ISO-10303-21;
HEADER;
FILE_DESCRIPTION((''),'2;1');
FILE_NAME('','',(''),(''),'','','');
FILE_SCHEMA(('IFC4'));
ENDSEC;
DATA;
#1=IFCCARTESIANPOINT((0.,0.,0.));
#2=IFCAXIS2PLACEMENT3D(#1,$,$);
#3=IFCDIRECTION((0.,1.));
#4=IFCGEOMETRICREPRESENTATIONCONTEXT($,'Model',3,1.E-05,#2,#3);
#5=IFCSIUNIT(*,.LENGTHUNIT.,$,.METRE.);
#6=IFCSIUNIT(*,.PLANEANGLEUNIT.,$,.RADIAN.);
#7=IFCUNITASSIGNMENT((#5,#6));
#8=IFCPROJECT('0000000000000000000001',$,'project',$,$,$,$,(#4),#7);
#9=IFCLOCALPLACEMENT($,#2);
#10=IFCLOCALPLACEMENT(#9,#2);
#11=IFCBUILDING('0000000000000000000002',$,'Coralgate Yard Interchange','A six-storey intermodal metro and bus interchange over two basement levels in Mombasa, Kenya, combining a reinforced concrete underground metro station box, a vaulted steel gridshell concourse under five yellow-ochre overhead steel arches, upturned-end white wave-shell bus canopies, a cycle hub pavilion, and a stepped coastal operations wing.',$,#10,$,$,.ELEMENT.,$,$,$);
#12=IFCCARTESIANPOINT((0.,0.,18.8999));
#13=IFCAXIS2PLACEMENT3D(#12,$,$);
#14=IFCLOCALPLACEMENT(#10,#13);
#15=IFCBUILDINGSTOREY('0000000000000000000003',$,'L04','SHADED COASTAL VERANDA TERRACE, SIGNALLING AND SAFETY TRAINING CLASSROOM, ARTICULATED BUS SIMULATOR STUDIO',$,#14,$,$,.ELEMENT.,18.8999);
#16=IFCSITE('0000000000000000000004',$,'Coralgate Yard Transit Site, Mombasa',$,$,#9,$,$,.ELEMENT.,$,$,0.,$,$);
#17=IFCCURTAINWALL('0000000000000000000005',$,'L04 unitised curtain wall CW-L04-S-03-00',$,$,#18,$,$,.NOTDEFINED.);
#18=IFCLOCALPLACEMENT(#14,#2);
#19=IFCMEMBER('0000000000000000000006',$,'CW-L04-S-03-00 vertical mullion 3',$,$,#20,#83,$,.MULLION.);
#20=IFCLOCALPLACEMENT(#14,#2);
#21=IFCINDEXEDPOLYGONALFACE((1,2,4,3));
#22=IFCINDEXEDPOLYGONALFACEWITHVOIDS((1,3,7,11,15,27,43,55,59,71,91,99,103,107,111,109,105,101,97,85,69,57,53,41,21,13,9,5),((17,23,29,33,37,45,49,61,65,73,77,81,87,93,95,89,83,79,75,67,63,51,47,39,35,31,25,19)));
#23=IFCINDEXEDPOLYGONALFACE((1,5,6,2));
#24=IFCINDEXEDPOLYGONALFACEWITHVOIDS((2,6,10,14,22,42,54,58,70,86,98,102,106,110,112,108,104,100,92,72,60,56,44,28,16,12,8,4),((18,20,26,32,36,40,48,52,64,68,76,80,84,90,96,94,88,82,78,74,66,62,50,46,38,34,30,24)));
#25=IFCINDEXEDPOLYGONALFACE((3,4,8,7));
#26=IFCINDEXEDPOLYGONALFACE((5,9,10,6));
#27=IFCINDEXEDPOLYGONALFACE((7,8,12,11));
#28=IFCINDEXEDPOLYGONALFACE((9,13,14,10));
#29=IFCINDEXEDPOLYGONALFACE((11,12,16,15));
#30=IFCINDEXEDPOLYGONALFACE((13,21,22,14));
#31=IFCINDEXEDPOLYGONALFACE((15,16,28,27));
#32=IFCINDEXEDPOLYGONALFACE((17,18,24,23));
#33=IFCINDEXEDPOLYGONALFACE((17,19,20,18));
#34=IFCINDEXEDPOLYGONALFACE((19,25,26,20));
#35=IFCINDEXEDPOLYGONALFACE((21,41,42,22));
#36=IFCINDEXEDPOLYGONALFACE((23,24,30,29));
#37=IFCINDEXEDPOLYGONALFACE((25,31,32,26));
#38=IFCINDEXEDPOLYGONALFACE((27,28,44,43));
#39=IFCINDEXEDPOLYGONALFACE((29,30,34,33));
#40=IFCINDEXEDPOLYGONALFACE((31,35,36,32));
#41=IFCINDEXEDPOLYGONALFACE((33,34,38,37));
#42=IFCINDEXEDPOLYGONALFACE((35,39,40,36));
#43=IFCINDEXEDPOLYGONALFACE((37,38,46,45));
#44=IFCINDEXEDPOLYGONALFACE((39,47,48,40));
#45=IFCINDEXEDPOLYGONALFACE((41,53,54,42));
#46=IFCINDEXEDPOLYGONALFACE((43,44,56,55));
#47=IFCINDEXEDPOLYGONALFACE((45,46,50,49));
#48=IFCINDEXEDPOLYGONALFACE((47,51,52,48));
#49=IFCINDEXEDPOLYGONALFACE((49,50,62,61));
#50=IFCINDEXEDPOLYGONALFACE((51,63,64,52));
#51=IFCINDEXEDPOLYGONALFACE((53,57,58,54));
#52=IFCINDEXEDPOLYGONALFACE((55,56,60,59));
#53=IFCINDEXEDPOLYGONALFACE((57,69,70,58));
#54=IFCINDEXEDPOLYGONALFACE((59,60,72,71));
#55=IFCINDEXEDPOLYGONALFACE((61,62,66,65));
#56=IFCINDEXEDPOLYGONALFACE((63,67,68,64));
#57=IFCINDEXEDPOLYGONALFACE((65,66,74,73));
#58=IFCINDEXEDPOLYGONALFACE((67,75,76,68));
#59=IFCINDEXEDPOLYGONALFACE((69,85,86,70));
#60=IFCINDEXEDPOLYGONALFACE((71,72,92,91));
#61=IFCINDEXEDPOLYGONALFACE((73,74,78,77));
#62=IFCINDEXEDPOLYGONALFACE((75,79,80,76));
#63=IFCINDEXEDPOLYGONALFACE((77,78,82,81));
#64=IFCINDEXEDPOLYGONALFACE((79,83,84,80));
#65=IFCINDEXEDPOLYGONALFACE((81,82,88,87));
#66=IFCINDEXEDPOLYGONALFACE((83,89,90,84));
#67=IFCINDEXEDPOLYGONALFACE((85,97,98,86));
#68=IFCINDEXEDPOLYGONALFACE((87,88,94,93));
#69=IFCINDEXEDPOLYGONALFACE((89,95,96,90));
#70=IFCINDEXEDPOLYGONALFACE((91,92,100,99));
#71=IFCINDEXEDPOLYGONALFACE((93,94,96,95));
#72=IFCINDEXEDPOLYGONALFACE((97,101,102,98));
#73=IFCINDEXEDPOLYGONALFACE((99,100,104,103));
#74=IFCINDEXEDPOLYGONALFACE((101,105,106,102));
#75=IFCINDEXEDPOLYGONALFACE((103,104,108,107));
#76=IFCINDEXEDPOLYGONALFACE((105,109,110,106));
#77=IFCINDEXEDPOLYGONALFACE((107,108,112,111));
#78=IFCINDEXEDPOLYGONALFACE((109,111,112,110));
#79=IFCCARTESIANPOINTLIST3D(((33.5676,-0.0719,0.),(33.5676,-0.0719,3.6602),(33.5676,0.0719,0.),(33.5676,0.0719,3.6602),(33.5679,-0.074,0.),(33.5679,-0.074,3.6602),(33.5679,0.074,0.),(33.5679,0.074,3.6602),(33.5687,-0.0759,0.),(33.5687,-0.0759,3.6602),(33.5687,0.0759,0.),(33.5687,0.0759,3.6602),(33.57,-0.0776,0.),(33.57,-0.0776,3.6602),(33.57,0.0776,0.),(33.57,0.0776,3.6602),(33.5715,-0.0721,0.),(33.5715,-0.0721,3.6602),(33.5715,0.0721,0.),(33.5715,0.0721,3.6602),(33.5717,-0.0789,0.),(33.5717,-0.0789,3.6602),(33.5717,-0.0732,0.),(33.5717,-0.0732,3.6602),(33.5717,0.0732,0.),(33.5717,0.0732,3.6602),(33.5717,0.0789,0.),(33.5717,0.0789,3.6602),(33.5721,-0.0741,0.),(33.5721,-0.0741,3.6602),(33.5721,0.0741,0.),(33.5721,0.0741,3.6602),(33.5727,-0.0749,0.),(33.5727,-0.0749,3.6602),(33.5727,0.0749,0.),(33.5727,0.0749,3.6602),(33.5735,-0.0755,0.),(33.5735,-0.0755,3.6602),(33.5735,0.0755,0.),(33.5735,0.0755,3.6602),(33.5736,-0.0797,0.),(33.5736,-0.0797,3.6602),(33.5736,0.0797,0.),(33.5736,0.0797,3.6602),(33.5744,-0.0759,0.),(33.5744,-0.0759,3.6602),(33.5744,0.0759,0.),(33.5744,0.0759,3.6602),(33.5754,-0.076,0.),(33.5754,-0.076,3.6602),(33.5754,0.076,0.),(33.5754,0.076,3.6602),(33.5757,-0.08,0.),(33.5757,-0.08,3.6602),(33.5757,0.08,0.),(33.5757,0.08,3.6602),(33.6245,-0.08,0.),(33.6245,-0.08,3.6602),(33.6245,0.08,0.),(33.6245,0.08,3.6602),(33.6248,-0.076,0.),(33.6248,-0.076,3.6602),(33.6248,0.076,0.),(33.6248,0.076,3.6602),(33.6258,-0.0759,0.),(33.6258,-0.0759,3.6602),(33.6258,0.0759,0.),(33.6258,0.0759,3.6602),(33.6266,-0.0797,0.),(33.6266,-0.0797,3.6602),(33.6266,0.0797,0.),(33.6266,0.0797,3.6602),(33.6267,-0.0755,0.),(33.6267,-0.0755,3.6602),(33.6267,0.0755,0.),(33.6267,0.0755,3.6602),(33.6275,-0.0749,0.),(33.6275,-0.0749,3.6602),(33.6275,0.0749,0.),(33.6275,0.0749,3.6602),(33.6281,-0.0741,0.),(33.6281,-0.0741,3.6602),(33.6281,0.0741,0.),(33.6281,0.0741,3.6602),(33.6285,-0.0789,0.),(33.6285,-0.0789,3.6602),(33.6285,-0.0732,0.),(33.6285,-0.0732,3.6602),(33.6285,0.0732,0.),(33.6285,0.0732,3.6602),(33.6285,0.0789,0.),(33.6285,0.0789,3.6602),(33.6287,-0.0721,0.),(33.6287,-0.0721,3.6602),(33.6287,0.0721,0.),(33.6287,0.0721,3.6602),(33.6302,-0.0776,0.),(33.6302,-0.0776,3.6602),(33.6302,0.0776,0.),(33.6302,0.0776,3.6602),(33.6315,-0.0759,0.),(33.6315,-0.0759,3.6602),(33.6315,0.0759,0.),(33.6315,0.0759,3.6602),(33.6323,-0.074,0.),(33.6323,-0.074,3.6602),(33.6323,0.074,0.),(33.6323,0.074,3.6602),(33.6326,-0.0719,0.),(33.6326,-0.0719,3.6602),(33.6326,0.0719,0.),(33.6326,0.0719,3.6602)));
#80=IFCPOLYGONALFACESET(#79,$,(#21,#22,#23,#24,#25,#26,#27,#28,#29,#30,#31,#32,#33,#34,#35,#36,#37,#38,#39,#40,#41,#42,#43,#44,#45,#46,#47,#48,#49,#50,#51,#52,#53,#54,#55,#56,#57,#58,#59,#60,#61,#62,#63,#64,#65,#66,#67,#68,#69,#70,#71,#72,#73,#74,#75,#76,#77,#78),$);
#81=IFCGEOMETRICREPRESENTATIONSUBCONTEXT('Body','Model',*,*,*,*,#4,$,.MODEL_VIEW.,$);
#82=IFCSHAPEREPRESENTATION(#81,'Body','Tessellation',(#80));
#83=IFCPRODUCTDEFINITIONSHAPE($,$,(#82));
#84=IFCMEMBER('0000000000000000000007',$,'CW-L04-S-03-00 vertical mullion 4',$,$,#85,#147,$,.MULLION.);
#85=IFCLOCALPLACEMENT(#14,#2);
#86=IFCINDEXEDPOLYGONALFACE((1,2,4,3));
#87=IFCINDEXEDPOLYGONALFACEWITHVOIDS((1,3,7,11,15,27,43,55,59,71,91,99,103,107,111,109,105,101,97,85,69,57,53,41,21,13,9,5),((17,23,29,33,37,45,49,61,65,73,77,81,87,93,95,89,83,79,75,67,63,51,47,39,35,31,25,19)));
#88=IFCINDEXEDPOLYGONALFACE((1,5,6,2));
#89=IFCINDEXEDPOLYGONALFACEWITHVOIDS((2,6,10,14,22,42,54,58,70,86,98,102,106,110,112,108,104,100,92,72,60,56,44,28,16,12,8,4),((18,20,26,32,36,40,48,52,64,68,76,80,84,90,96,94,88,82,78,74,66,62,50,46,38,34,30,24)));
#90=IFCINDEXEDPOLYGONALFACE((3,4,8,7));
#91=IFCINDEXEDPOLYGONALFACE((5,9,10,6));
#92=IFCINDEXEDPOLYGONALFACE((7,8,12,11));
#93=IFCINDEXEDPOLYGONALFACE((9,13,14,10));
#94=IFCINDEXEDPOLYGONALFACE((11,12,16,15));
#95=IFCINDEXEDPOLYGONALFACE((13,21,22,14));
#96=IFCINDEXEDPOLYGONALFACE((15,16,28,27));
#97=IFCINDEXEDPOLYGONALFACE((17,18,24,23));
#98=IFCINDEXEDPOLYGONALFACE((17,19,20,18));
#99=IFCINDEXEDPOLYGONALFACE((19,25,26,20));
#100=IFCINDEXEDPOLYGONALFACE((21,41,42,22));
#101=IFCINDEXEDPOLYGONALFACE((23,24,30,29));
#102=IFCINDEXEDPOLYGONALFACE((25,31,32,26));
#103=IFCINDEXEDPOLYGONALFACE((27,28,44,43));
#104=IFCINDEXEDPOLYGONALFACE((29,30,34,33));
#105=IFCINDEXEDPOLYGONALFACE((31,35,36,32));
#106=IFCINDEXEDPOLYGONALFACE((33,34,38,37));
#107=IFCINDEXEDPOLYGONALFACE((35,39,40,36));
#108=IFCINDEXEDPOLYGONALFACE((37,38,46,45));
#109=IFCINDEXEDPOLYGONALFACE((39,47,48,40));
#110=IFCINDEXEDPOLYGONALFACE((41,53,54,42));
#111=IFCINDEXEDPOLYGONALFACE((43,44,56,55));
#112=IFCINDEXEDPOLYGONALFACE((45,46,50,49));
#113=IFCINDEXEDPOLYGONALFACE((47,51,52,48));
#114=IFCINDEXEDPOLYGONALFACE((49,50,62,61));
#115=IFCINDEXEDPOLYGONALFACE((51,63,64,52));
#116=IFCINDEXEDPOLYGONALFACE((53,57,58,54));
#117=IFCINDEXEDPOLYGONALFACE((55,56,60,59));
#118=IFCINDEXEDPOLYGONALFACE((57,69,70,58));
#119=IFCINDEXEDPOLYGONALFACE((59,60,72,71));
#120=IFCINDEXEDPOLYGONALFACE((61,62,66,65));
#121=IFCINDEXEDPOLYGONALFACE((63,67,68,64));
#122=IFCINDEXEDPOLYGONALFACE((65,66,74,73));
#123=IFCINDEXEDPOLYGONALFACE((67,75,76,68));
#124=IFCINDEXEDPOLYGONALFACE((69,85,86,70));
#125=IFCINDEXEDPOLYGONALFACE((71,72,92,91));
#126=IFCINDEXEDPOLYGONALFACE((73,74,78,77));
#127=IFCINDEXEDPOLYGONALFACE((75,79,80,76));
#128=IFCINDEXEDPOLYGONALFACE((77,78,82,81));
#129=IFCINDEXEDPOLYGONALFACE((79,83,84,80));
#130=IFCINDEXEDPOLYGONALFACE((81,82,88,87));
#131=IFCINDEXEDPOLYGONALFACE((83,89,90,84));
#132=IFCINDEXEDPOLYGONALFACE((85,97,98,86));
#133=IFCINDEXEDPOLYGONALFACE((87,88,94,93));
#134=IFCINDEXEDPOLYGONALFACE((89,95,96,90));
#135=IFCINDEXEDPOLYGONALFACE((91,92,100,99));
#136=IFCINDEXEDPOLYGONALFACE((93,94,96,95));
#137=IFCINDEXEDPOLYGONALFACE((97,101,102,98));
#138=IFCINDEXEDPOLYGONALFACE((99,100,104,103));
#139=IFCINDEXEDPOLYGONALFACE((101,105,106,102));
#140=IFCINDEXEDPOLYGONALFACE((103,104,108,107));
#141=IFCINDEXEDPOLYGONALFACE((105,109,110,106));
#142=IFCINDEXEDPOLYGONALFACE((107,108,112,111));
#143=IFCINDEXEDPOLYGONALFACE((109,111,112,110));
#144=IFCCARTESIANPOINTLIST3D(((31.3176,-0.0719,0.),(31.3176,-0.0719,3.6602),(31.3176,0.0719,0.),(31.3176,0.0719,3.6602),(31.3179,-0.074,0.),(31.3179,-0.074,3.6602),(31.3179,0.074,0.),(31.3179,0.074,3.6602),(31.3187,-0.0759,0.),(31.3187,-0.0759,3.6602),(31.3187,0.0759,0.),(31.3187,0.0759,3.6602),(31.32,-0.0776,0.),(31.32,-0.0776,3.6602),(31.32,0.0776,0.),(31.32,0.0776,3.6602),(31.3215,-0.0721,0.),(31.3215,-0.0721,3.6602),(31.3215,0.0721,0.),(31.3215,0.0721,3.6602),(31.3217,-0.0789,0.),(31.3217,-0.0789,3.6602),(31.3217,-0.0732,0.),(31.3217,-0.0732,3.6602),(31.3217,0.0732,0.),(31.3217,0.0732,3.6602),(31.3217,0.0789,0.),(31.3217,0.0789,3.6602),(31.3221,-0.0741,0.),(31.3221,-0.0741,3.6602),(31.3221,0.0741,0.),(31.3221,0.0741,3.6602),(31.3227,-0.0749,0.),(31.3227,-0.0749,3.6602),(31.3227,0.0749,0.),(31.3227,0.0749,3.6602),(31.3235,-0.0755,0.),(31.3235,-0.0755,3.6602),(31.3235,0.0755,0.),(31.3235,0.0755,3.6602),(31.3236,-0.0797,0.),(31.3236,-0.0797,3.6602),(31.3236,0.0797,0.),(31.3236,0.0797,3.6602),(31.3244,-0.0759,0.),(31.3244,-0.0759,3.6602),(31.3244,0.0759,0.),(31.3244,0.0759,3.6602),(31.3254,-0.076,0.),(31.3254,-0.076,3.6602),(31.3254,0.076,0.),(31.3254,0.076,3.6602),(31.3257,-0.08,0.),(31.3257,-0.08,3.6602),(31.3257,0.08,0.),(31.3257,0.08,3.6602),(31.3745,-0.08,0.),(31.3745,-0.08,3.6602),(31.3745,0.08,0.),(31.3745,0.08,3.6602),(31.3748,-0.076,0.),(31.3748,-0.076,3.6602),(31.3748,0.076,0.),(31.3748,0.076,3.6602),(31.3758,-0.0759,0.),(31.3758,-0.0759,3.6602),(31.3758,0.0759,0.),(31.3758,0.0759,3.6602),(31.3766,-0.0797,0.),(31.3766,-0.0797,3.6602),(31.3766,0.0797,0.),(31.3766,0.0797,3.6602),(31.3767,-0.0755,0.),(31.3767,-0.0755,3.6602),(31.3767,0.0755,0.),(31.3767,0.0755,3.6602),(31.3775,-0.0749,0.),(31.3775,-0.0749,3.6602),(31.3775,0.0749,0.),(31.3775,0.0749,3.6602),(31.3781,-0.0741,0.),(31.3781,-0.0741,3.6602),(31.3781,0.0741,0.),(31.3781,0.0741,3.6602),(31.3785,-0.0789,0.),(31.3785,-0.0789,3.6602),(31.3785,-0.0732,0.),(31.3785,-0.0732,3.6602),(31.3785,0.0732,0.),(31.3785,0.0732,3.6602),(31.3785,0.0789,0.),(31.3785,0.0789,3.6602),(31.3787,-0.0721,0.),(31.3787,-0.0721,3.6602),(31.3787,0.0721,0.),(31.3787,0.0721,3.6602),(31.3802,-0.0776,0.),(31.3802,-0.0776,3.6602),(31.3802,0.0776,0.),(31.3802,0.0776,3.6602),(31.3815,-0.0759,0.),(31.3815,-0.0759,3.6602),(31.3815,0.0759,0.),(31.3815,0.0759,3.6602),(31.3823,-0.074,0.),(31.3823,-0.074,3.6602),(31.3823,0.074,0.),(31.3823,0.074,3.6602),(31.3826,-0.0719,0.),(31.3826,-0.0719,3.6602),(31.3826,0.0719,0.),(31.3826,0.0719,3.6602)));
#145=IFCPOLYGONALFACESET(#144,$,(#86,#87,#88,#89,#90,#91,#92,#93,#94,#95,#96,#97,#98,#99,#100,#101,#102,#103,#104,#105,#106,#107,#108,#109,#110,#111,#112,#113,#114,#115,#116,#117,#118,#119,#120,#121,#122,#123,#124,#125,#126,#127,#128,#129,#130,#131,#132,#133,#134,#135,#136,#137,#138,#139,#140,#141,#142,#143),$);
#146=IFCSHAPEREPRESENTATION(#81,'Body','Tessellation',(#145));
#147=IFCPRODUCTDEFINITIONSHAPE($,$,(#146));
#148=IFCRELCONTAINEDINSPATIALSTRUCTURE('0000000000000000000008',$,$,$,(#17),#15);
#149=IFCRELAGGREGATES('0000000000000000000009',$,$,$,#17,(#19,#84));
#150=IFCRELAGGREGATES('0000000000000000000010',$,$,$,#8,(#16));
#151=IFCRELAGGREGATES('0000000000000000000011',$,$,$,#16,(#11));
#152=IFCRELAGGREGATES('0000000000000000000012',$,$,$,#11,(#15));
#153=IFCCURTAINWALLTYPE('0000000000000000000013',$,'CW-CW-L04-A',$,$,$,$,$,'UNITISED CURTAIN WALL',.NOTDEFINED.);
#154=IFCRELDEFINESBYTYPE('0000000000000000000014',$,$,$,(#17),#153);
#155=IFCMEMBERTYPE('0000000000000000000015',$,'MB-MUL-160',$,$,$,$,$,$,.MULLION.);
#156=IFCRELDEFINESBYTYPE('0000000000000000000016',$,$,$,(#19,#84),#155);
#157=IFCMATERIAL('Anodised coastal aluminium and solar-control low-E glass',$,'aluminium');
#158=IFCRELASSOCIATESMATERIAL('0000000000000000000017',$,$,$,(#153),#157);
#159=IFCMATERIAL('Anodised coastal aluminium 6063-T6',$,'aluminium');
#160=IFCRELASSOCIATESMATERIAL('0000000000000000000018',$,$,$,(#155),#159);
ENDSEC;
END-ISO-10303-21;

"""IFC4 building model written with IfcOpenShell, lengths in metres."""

from ifc_helpers import new_model, si_unit, direction, frame, origin, origin_2d, place, context, subcontext, project, spatial, hollow_rectangle, extrude, material, material_profile, profile_set, type_object, element, aggregate, save


model = new_model("IFC4")

# Units and contexts
model_context = context("Model", 3, precision=1e-05, world=origin(), true_north=direction((0.0, 1.0)))
body_context = subcontext(model_context, "Body", "Model", "MODEL_VIEW")
ifc_project = project(units=[si_unit("LENGTHUNIT", "METRE"), si_unit("PLANEANGLEUNIT", "RADIAN")], contexts=[model_context])

# Site, building, storey
site_placement = place(None, origin())
site = spatial("IfcSite", under=ifc_project, at=site_placement, Name="Coralgate Yard Transit Site, Mombasa", CompositionType="ELEMENT", RefElevation=0.0)
building_placement = place(site_placement, origin())
building = spatial("IfcBuilding", under=site, at=building_placement, Name="Coralgate Yard Interchange", Description="A six-storey intermodal metro and bus interchange over two basement levels in Mombasa, Kenya, combining a reinforced concrete underground metro station box, a vaulted steel gridshell concourse under five yellow-ochre overhead steel arches, upturned-end white wave-shell bus canopies, a cycle hub pavilion, and a stepped coastal operations wing.", CompositionType="ELEMENT")
storey_placement = place(building_placement, frame((0.0, 0.0, 18.8999)))
storey = spatial("IfcBuildingStorey", under=building, at=storey_placement, Name="L04", Description="SHADED COASTAL VERANDA TERRACE, SIGNALLING AND SAFETY TRAINING CLASSROOM, ARTICULATED BUS SIMULATOR STUDIO", CompositionType="ELEMENT", Elevation=18.8999)

# Curtain wall, members
ifc_material_1 = material(Name="Anodised coastal aluminium and solar-control low-E glass", Category="aluminium")
curtain_wall_type = type_object("IfcCurtainWallType", Name="CW-CW-L04-A", ElementType="UNITISED CURTAIN WALL", PredefinedType="NOTDEFINED", material=ifc_material_1)
curtain_wall_placement = place(storey_placement, origin())
curtain_wall = element("IfcCurtainWall", 1, at=curtain_wall_placement, inside=storey, type_object=curtain_wall_type, Name="L04 unitised curtain wall CW-L04-S-03-00", PredefinedType="NOTDEFINED")
ifc_material_2 = material(Name="Anodised coastal aluminium 6063-T6", Category="aluminium")
ifc_material_profile_1 = material_profile(ifc_material_2, hollow_rectangle(XDim=0.0649, YDim=0.1599, WallThickness=0.0039, InnerFilletRadius=0.0039, OuterFilletRadius=0.0081, at=origin_2d()), Name="ALU 65x160x4")
ifc_profile_set_1 = profile_set([ifc_material_profile_1], Name="Anodised coastal aluminium 6063-T6")
member_type_1 = type_object("IfcMemberType", Name="MB-MUL-160", PredefinedType="MULLION", material=ifc_profile_set_1)
member_1_placement = place(storey_placement, frame((33.6001, 0.0, 0.0), z_axis=(0.0, 0.0, 1.0), x_axis=(1.0, 0.0, 0.0)))
member_1 = element("IfcMember", 2, at=member_1_placement, type_object=member_type_1, Name="CW-L04-S-03-00 vertical mullion 3", PredefinedType="MULLION", context=body_context, shape_type="SweptSolid", body=[
    extrude(hollow_rectangle(XDim=0.0649, YDim=0.1599, WallThickness=0.0039, InnerFilletRadius=0.0039, OuterFilletRadius=0.0081, at=origin_2d()), origin(), (0.0, 0.0, 1.0), 3.6602),
])
member_2_placement = place(storey_placement, frame((31.3501, 0.0, 0.0), z_axis=(0.0, 0.0, 1.0), x_axis=(1.0, 0.0, 0.0)))
member_2 = element("IfcMember", 3, at=member_2_placement, type_object=member_type_1, Name="CW-L04-S-03-00 vertical mullion 4", PredefinedType="MULLION", context=body_context, shape_type="SweptSolid", body=[
    extrude(hollow_rectangle(XDim=0.0649, YDim=0.1599, WallThickness=0.0039, InnerFilletRadius=0.0039, OuterFilletRadius=0.0081, at=origin_2d()), origin(), (0.0, 0.0, 1.0), 3.6602),
])
aggregate(curtain_wall, [member_1, member_2])

save(model, "model.ifc")
